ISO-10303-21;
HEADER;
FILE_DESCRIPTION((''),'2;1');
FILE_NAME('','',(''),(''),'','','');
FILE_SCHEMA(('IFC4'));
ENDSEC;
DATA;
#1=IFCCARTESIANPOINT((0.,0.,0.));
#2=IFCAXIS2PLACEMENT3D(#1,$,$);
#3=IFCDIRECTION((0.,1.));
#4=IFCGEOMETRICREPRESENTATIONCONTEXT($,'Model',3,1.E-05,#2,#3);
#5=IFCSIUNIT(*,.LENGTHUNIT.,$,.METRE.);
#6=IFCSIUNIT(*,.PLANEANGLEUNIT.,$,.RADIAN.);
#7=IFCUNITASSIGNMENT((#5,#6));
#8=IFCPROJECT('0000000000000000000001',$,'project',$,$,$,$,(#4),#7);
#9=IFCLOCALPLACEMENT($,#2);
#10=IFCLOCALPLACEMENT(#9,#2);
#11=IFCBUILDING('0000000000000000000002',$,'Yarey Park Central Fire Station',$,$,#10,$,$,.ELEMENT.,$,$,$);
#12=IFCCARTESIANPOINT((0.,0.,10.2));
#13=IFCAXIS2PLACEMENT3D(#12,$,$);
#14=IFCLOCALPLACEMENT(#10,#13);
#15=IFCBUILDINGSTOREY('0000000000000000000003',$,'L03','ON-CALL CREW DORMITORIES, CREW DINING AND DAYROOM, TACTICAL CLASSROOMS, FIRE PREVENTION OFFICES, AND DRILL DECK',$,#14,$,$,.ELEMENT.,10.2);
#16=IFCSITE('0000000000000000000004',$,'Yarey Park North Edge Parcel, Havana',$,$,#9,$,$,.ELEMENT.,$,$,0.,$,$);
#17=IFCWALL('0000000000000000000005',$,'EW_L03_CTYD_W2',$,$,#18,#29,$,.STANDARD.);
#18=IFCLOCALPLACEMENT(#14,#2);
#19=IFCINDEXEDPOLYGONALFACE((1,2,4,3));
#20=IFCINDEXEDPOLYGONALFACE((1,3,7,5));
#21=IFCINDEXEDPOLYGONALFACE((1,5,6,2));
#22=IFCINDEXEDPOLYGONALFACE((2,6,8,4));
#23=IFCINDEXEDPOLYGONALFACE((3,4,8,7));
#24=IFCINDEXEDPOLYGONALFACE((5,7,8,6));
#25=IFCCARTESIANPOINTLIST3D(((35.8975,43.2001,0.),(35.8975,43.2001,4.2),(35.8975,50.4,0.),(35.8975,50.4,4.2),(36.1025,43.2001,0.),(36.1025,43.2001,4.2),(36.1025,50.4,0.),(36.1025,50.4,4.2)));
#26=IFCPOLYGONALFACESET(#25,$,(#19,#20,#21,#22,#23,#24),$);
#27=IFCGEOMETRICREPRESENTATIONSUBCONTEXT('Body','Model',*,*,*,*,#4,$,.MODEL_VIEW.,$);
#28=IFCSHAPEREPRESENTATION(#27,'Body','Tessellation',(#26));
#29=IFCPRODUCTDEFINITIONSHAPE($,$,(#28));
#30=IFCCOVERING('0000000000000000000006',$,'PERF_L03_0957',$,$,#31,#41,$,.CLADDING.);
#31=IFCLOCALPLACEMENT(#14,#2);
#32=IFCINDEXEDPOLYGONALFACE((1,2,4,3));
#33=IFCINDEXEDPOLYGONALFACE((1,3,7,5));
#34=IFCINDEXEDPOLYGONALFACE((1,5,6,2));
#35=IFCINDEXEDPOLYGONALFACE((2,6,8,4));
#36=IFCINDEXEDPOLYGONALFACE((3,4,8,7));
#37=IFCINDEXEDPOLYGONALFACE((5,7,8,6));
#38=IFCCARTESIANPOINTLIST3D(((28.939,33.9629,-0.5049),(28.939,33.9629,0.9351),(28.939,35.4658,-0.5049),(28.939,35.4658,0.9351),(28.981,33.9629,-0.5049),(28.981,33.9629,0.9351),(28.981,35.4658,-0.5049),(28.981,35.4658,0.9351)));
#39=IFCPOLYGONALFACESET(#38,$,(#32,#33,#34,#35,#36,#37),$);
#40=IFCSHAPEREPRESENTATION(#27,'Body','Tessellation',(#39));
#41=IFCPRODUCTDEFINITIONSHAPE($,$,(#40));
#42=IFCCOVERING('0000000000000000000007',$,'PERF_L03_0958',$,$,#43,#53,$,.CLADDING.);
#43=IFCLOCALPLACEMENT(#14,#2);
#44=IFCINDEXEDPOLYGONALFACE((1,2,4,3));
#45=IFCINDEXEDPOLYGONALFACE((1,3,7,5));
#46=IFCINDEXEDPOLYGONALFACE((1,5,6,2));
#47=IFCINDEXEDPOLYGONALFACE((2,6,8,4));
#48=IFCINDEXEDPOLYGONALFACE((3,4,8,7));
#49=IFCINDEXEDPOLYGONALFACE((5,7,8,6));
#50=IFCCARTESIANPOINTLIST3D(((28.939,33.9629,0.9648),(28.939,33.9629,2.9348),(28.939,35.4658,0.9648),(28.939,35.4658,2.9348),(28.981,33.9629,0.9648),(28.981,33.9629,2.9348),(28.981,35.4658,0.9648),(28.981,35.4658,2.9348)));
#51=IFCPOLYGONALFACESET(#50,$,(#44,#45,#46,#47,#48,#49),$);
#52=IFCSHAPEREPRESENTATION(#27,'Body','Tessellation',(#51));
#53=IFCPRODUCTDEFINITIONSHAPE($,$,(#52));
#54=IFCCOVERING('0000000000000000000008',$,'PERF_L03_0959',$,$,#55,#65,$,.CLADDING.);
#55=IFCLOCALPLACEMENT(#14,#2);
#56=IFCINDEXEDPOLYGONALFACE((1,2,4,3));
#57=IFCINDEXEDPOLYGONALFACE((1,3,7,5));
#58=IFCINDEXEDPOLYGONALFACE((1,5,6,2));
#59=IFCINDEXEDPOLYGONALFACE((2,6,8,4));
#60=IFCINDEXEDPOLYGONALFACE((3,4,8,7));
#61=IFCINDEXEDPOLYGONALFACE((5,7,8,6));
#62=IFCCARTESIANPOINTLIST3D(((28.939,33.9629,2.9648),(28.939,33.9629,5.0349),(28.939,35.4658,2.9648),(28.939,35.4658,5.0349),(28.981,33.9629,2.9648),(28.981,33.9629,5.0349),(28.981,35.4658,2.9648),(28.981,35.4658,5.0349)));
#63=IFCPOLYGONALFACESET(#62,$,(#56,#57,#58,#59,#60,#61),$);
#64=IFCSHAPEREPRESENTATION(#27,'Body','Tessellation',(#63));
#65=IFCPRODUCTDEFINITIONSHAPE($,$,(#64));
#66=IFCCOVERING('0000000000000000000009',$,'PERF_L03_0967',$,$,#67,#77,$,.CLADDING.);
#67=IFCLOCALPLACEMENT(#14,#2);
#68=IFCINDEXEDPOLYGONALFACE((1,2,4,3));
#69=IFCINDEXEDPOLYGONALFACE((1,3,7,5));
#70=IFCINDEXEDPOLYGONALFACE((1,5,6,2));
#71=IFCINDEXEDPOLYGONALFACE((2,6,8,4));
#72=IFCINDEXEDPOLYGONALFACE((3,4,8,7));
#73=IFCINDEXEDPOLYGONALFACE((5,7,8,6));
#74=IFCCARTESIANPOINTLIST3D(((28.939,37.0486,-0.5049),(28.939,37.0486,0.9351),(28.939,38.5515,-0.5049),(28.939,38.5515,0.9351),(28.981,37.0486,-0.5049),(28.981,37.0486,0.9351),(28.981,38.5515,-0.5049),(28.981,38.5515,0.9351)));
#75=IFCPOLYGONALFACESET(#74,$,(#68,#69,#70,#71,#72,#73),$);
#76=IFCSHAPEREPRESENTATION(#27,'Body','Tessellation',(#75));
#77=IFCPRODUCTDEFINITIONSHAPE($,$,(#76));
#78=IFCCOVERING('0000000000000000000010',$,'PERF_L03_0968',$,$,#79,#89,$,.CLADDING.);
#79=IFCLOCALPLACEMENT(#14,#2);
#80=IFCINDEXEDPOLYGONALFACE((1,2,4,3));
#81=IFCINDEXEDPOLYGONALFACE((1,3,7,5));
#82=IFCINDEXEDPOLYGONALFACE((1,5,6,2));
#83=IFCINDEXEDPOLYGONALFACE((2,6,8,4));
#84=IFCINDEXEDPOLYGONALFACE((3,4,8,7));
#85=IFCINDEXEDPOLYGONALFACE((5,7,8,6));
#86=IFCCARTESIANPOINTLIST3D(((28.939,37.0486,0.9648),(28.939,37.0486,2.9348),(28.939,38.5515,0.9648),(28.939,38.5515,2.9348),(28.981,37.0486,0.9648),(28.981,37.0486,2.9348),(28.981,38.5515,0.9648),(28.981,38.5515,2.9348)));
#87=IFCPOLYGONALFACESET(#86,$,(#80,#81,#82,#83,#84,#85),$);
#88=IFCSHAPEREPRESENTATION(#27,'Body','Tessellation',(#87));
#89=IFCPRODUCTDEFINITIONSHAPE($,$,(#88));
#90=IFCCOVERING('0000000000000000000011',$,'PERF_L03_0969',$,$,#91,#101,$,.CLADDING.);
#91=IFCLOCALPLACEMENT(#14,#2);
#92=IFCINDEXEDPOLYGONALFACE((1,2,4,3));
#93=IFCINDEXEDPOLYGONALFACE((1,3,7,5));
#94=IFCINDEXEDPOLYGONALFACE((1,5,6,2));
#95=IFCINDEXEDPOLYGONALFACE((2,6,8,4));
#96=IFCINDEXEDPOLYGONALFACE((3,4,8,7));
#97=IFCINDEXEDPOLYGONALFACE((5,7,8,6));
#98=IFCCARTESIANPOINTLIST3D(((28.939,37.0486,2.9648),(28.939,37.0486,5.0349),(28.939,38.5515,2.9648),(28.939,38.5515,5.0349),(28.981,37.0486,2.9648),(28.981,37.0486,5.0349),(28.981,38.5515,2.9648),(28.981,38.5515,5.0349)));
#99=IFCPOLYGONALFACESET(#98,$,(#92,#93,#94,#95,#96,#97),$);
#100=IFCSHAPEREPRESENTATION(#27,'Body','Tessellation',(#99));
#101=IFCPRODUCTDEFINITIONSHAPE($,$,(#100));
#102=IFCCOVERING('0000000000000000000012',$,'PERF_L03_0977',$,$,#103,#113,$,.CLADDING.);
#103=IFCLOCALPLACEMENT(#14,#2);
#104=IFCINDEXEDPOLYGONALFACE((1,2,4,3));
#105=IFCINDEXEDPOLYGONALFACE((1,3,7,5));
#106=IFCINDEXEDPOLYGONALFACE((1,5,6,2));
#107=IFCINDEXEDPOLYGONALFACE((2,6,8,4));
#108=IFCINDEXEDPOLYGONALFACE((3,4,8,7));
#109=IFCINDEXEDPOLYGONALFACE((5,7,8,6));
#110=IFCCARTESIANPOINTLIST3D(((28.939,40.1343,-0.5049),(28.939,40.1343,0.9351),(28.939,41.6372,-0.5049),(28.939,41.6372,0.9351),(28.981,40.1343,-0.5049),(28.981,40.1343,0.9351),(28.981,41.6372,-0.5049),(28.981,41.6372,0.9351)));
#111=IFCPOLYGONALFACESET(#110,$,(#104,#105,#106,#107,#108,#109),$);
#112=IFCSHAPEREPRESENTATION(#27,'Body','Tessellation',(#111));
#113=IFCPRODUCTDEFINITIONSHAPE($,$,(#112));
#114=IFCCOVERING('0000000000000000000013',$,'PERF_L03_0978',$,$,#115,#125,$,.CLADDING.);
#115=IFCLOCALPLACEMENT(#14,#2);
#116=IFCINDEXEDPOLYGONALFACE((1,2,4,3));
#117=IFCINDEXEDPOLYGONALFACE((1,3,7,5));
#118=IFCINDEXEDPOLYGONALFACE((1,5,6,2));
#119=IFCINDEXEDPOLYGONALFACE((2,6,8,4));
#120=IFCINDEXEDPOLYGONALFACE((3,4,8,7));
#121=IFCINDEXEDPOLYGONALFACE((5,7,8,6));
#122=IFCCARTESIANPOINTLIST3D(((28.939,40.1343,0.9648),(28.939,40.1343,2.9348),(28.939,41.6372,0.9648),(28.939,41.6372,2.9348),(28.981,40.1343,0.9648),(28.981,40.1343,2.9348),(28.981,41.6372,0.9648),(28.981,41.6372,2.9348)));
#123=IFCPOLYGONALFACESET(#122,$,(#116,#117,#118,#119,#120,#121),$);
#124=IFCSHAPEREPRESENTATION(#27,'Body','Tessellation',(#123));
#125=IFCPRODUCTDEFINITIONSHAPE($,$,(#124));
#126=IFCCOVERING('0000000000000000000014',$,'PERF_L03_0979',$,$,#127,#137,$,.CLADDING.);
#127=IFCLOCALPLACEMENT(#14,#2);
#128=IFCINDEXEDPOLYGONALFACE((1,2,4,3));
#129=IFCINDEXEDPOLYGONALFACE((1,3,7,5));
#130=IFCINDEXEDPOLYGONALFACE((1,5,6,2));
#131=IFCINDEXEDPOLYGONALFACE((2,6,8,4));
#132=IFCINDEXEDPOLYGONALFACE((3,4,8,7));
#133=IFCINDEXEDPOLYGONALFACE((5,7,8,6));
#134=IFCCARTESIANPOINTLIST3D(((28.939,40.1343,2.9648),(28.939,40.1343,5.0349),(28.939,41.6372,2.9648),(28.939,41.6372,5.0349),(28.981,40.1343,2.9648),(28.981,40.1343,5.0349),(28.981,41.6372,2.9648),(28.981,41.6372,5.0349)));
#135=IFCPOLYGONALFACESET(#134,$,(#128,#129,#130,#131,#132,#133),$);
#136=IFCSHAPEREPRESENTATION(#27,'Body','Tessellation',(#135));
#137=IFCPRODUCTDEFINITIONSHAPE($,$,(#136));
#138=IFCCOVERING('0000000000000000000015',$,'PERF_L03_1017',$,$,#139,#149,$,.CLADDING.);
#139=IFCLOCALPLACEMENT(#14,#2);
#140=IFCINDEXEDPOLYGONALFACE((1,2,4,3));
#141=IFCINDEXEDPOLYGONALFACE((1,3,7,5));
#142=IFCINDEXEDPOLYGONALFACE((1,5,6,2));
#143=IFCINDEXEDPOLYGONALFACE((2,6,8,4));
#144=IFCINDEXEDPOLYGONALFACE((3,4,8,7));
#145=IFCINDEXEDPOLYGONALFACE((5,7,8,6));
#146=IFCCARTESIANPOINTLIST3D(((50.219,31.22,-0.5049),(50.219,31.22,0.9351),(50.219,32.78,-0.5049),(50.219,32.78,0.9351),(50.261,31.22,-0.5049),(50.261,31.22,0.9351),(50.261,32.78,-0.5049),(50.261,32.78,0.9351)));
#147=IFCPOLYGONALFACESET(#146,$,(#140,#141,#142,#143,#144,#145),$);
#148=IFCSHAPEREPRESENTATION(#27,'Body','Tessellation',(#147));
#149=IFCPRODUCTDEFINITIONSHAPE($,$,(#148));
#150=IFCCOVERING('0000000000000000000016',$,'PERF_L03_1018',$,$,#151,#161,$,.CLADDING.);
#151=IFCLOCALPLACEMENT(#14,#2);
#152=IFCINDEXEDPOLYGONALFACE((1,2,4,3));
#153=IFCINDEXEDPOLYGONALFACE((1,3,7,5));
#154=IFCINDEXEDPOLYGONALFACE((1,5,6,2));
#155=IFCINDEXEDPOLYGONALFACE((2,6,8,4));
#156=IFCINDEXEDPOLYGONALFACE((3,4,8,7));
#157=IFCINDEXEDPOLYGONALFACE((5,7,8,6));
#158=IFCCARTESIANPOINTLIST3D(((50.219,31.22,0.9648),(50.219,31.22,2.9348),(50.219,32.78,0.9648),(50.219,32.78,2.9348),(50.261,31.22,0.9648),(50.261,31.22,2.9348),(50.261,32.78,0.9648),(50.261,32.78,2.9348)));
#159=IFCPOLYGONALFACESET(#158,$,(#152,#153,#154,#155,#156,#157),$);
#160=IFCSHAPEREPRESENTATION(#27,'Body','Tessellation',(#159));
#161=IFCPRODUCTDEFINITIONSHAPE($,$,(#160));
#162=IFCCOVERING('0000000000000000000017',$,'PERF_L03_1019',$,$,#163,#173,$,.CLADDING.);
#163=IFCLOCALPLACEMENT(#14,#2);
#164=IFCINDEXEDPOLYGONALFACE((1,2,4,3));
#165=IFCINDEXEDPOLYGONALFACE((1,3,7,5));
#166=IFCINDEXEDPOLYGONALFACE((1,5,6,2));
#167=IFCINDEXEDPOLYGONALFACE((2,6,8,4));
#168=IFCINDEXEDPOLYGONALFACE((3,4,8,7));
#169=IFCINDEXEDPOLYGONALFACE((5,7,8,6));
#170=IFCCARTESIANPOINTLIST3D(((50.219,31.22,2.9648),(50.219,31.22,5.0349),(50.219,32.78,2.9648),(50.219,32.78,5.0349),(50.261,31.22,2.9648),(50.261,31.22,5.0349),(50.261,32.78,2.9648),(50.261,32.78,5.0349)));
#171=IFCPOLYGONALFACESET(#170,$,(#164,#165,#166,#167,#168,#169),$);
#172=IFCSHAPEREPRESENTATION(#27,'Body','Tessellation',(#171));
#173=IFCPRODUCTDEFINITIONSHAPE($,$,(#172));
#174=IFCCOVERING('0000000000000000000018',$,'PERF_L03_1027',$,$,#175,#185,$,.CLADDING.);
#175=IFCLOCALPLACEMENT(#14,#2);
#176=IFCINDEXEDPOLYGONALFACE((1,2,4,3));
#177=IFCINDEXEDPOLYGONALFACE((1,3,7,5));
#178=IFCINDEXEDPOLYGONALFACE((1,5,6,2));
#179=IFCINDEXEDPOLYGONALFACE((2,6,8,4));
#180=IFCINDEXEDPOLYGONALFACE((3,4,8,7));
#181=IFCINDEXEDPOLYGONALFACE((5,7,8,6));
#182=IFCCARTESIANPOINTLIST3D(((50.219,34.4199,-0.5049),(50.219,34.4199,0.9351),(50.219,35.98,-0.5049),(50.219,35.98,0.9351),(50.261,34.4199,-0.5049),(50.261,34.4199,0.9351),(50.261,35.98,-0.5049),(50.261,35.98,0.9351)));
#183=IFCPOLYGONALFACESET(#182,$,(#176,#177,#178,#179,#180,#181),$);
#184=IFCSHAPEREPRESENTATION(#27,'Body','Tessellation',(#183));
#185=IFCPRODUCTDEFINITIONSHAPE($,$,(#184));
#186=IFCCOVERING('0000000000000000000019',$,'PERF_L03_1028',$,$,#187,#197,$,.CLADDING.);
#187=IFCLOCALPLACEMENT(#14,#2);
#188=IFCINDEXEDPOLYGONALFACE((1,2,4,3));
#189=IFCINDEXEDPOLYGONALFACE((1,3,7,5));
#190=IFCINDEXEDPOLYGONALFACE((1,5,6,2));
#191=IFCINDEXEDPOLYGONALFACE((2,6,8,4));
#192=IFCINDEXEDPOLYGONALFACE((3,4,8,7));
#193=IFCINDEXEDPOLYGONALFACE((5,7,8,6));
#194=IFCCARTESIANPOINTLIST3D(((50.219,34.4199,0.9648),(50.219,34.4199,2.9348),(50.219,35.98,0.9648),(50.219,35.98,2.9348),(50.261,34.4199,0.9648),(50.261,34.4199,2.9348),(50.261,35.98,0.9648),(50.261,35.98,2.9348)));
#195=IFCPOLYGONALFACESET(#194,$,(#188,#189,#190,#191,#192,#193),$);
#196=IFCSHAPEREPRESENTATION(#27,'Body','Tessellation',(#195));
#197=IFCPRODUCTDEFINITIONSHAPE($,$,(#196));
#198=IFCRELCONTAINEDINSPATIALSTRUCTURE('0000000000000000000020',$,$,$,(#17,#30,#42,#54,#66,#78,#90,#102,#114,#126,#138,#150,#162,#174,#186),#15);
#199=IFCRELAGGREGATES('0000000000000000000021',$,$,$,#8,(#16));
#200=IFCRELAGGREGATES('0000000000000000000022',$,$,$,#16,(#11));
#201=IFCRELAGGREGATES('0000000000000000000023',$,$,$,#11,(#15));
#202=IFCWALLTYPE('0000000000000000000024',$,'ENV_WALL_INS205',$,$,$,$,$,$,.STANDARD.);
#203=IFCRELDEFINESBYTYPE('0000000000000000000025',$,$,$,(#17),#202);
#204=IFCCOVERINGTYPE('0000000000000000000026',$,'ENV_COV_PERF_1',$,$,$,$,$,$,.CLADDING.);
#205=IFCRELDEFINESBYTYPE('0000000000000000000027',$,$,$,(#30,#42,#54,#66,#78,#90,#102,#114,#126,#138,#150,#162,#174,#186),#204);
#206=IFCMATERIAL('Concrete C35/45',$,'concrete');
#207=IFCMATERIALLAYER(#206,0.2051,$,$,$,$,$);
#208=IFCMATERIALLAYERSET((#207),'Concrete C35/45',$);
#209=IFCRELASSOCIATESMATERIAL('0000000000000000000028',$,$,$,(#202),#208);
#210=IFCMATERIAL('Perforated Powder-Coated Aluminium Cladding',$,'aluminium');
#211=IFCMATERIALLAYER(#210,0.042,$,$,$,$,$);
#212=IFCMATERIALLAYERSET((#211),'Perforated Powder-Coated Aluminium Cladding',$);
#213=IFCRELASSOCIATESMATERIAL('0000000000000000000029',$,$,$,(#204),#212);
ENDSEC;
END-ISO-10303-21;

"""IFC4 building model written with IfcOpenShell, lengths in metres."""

from ifc_helpers import new_model, si_unit, direction, frame, frame_2d, origin, origin_2d, place, context, subcontext, project, spatial, rectangle, extrude, material, layer, layer_set, type_object, element, save


model = new_model("IFC4")

# Units and contexts
model_context = context("Model", 3, precision=1e-05, world=origin(), true_north=direction((0.0, 1.0)))
body_context = subcontext(model_context, "Body", "Model", "MODEL_VIEW")
ifc_project = project(units=[si_unit("LENGTHUNIT", "METRE"), si_unit("PLANEANGLEUNIT", "RADIAN")], contexts=[model_context])

# Site, building, storey
site_placement = place(None, origin())
site = spatial("IfcSite", under=ifc_project, at=site_placement, Name="Yarey Park North Edge Parcel, Havana", CompositionType="ELEMENT", RefElevation=0.0)
building_placement = place(site_placement, origin())
building = spatial("IfcBuilding", under=site, at=building_placement, Name="Yarey Park Central Fire Station", CompositionType="ELEMENT")
storey_placement = place(building_placement, frame((0.0, 0.0, 10.2)))
storey = spatial("IfcBuildingStorey", under=building, at=storey_placement, Name="L03", Description="ON-CALL CREW DORMITORIES, CREW DINING AND DAYROOM, TACTICAL CLASSROOMS, FIRE PREVENTION OFFICES, AND DRILL DECK", CompositionType="ELEMENT", Elevation=10.2)

# Wall
ifc_material_1 = material(Name="Concrete C35/45", Category="concrete")
ifc_layer_1 = layer(ifc_material_1, 0.2051)
ifc_layer_set_1 = layer_set([ifc_layer_1], Name="Concrete C35/45")
wall_type = type_object("IfcWallType", Name="ENV_WALL_INS205", PredefinedType="STANDARD", material=ifc_layer_set_1)
wall_placement = place(storey_placement, frame((36.0, 43.2, 0.0), z_axis=(0.0, 0.0, 1.0), x_axis=(0.0, 1.0, 0.0)))
element("IfcWall", 1, at=wall_placement, inside=storey, type_object=wall_type, Name="EW_L03_CTYD_W2", PredefinedType="STANDARD", context=body_context, shape_type="SweptSolid", body=[
    extrude(rectangle(XDim=7.2, YDim=0.2051, at=frame_2d((3.6001, 0.0))), origin(), (0.0, 0.0, 1.0), 4.2),
])

# Coverings
ifc_material_2 = material(Name="Perforated Powder-Coated Aluminium Cladding", Category="aluminium")
ifc_layer_2 = layer(ifc_material_2, 0.042)
ifc_layer_set_2 = layer_set([ifc_layer_2], Name="Perforated Powder-Coated Aluminium Cladding")
covering_type_1 = type_object("IfcCoveringType", Name="ENV_COV_PERF_1", PredefinedType="CLADDING", material=ifc_layer_set_2)
covering_1_placement = place(storey_placement, frame((28.96, 34.7144, -0.5049), z_axis=(0.0, 0.0, 1.0), x_axis=(0.0, 1.0, 0.0)))
element("IfcCovering", 2, at=covering_1_placement, inside=storey, type_object=covering_type_1, Name="PERF_L03_0957", PredefinedType="CLADDING", context=body_context, shape_type="SweptSolid", body=[
    extrude(rectangle(XDim=1.5029, YDim=0.042, at=origin_2d()), origin(), (0.0, 0.0, 1.0), 1.4399),
])
covering_2_placement = place(storey_placement, frame((28.96, 34.7144, 0.9648), z_axis=(0.0, 0.0, 1.0), x_axis=(0.0, 1.0, 0.0)))
element("IfcCovering", 3, at=covering_2_placement, inside=storey, type_object=covering_type_1, Name="PERF_L03_0958", PredefinedType="CLADDING", context=body_context, shape_type="SweptSolid", body=[
    extrude(rectangle(XDim=1.5029, YDim=0.042, at=origin_2d()), origin(), (0.0, 0.0, 1.0), 1.97),
])
covering_3_placement = place(storey_placement, frame((28.96, 34.7144, 2.9648), z_axis=(0.0, 0.0, 1.0), x_axis=(0.0, 1.0, 0.0)))
element("IfcCovering", 4, at=covering_3_placement, inside=storey, type_object=covering_type_1, Name="PERF_L03_0959", PredefinedType="CLADDING", context=body_context, shape_type="SweptSolid", body=[
    extrude(rectangle(XDim=1.5029, YDim=0.042, at=origin_2d()), origin(), (0.0, 0.0, 1.0), 2.0701),
])
covering_4_placement = place(storey_placement, frame((28.96, 37.8, -0.5049), z_axis=(0.0, 0.0, 1.0), x_axis=(0.0, 1.0, 0.0)))
element("IfcCovering", 5, at=covering_4_placement, inside=storey, type_object=covering_type_1, Name="PERF_L03_0967", PredefinedType="CLADDING", context=body_context, shape_type="SweptSolid", body=[
    extrude(rectangle(XDim=1.5029, YDim=0.042, at=origin_2d()), origin(), (0.0, 0.0, 1.0), 1.4399),
])
covering_5_placement = place(storey_placement, frame((28.96, 37.8, 0.9648), z_axis=(0.0, 0.0, 1.0), x_axis=(0.0, 1.0, 0.0)))
element("IfcCovering", 6, at=covering_5_placement, inside=storey, type_object=covering_type_1, Name="PERF_L03_0968", PredefinedType="CLADDING", context=body_context, shape_type="SweptSolid", body=[
    extrude(rectangle(XDim=1.5029, YDim=0.042, at=origin_2d()), origin(), (0.0, 0.0, 1.0), 1.97),
])
covering_6_placement = place(storey_placement, frame((28.96, 37.8, 2.9648), z_axis=(0.0, 0.0, 1.0), x_axis=(0.0, 1.0, 0.0)))
element("IfcCovering", 7, at=covering_6_placement, inside=storey, type_object=covering_type_1, Name="PERF_L03_0969", PredefinedType="CLADDING", context=body_context, shape_type="SweptSolid", body=[
    extrude(rectangle(XDim=1.5029, YDim=0.042, at=origin_2d()), origin(), (0.0, 0.0, 1.0), 2.0701),
])
covering_7_placement = place(storey_placement, frame((28.96, 40.8857, -0.5049), z_axis=(0.0, 0.0, 1.0), x_axis=(0.0, 1.0, 0.0)))
element("IfcCovering", 8, at=covering_7_placement, inside=storey, type_object=covering_type_1, Name="PERF_L03_0977", PredefinedType="CLADDING", context=body_context, shape_type="SweptSolid", body=[
    extrude(rectangle(XDim=1.5029, YDim=0.042, at=origin_2d()), origin(), (0.0, 0.0, 1.0), 1.4399),
])
covering_8_placement = place(storey_placement, frame((28.96, 40.8857, 0.9648), z_axis=(0.0, 0.0, 1.0), x_axis=(0.0, 1.0, 0.0)))
element("IfcCovering", 9, at=covering_8_placement, inside=storey, type_object=covering_type_1, Name="PERF_L03_0978", PredefinedType="CLADDING", context=body_context, shape_type="SweptSolid", body=[
    extrude(rectangle(XDim=1.5029, YDim=0.042, at=origin_2d()), origin(), (0.0, 0.0, 1.0), 1.97),
])
covering_9_placement = place(storey_placement, frame((28.96, 40.8857, 2.9648), z_axis=(0.0, 0.0, 1.0), x_axis=(0.0, 1.0, 0.0)))
element("IfcCovering", 10, at=covering_9_placement, inside=storey, type_object=covering_type_1, Name="PERF_L03_0979", PredefinedType="CLADDING", context=body_context, shape_type="SweptSolid", body=[
    extrude(rectangle(XDim=1.5029, YDim=0.042, at=origin_2d()), origin(), (0.0, 0.0, 1.0), 2.0701),
])
covering_10_placement = place(storey_placement, frame((50.24, 32.0, -0.5049), z_axis=(0.0, 0.0, 1.0), x_axis=(0.0, 1.0, 0.0)))
element("IfcCovering", 11, at=covering_10_placement, inside=storey, type_object=covering_type_1, Name="PERF_L03_1017", PredefinedType="CLADDING", context=body_context, shape_type="SweptSolid", body=[
    extrude(rectangle(XDim=1.5601, YDim=0.042, at=origin_2d()), origin(), (0.0, 0.0, 1.0), 1.4399),
])
covering_11_placement = place(storey_placement, frame((50.24, 32.0, 0.9648), z_axis=(0.0, 0.0, 1.0), x_axis=(0.0, 1.0, 0.0)))
element("IfcCovering", 12, at=covering_11_placement, inside=storey, type_object=covering_type_1, Name="PERF_L03_1018", PredefinedType="CLADDING", context=body_context, shape_type="SweptSolid", body=[
    extrude(rectangle(XDim=1.5601, YDim=0.042, at=origin_2d()), origin(), (0.0, 0.0, 1.0), 1.97),
])
covering_12_placement = place(storey_placement, frame((50.24, 32.0, 2.9648), z_axis=(0.0, 0.0, 1.0), x_axis=(0.0, 1.0, 0.0)))
element("IfcCovering", 13, at=covering_12_placement, inside=storey, type_object=covering_type_1, Name="PERF_L03_1019", PredefinedType="CLADDING", context=body_context, shape_type="SweptSolid", body=[
    extrude(rectangle(XDim=1.5601, YDim=0.042, at=origin_2d()), origin(), (0.0, 0.0, 1.0), 2.0701),
])
covering_13_placement = place(storey_placement, frame((50.24, 35.2, -0.5049), z_axis=(0.0, 0.0, 1.0), x_axis=(0.0, 1.0, 0.0)))
element("IfcCovering", 14, at=covering_13_placement, inside=storey, type_object=covering_type_1, Name="PERF_L03_1027", PredefinedType="CLADDING", context=body_context, shape_type="SweptSolid", body=[
    extrude(rectangle(XDim=1.5601, YDim=0.042, at=origin_2d()), origin(), (0.0, 0.0, 1.0), 1.4399),
])
covering_14_placement = place(storey_placement, frame((50.24, 35.2, 0.9648), z_axis=(0.0, 0.0, 1.0), x_axis=(0.0, 1.0, 0.0)))
element("IfcCovering", 15, at=covering_14_placement, inside=storey, type_object=covering_type_1, Name="PERF_L03_1028", PredefinedType="CLADDING", context=body_context, shape_type="SweptSolid", body=[
    extrude(rectangle(XDim=1.5601, YDim=0.042, at=origin_2d()), origin(), (0.0, 0.0, 1.0), 1.97),
])

save(model, "model.ifc")
